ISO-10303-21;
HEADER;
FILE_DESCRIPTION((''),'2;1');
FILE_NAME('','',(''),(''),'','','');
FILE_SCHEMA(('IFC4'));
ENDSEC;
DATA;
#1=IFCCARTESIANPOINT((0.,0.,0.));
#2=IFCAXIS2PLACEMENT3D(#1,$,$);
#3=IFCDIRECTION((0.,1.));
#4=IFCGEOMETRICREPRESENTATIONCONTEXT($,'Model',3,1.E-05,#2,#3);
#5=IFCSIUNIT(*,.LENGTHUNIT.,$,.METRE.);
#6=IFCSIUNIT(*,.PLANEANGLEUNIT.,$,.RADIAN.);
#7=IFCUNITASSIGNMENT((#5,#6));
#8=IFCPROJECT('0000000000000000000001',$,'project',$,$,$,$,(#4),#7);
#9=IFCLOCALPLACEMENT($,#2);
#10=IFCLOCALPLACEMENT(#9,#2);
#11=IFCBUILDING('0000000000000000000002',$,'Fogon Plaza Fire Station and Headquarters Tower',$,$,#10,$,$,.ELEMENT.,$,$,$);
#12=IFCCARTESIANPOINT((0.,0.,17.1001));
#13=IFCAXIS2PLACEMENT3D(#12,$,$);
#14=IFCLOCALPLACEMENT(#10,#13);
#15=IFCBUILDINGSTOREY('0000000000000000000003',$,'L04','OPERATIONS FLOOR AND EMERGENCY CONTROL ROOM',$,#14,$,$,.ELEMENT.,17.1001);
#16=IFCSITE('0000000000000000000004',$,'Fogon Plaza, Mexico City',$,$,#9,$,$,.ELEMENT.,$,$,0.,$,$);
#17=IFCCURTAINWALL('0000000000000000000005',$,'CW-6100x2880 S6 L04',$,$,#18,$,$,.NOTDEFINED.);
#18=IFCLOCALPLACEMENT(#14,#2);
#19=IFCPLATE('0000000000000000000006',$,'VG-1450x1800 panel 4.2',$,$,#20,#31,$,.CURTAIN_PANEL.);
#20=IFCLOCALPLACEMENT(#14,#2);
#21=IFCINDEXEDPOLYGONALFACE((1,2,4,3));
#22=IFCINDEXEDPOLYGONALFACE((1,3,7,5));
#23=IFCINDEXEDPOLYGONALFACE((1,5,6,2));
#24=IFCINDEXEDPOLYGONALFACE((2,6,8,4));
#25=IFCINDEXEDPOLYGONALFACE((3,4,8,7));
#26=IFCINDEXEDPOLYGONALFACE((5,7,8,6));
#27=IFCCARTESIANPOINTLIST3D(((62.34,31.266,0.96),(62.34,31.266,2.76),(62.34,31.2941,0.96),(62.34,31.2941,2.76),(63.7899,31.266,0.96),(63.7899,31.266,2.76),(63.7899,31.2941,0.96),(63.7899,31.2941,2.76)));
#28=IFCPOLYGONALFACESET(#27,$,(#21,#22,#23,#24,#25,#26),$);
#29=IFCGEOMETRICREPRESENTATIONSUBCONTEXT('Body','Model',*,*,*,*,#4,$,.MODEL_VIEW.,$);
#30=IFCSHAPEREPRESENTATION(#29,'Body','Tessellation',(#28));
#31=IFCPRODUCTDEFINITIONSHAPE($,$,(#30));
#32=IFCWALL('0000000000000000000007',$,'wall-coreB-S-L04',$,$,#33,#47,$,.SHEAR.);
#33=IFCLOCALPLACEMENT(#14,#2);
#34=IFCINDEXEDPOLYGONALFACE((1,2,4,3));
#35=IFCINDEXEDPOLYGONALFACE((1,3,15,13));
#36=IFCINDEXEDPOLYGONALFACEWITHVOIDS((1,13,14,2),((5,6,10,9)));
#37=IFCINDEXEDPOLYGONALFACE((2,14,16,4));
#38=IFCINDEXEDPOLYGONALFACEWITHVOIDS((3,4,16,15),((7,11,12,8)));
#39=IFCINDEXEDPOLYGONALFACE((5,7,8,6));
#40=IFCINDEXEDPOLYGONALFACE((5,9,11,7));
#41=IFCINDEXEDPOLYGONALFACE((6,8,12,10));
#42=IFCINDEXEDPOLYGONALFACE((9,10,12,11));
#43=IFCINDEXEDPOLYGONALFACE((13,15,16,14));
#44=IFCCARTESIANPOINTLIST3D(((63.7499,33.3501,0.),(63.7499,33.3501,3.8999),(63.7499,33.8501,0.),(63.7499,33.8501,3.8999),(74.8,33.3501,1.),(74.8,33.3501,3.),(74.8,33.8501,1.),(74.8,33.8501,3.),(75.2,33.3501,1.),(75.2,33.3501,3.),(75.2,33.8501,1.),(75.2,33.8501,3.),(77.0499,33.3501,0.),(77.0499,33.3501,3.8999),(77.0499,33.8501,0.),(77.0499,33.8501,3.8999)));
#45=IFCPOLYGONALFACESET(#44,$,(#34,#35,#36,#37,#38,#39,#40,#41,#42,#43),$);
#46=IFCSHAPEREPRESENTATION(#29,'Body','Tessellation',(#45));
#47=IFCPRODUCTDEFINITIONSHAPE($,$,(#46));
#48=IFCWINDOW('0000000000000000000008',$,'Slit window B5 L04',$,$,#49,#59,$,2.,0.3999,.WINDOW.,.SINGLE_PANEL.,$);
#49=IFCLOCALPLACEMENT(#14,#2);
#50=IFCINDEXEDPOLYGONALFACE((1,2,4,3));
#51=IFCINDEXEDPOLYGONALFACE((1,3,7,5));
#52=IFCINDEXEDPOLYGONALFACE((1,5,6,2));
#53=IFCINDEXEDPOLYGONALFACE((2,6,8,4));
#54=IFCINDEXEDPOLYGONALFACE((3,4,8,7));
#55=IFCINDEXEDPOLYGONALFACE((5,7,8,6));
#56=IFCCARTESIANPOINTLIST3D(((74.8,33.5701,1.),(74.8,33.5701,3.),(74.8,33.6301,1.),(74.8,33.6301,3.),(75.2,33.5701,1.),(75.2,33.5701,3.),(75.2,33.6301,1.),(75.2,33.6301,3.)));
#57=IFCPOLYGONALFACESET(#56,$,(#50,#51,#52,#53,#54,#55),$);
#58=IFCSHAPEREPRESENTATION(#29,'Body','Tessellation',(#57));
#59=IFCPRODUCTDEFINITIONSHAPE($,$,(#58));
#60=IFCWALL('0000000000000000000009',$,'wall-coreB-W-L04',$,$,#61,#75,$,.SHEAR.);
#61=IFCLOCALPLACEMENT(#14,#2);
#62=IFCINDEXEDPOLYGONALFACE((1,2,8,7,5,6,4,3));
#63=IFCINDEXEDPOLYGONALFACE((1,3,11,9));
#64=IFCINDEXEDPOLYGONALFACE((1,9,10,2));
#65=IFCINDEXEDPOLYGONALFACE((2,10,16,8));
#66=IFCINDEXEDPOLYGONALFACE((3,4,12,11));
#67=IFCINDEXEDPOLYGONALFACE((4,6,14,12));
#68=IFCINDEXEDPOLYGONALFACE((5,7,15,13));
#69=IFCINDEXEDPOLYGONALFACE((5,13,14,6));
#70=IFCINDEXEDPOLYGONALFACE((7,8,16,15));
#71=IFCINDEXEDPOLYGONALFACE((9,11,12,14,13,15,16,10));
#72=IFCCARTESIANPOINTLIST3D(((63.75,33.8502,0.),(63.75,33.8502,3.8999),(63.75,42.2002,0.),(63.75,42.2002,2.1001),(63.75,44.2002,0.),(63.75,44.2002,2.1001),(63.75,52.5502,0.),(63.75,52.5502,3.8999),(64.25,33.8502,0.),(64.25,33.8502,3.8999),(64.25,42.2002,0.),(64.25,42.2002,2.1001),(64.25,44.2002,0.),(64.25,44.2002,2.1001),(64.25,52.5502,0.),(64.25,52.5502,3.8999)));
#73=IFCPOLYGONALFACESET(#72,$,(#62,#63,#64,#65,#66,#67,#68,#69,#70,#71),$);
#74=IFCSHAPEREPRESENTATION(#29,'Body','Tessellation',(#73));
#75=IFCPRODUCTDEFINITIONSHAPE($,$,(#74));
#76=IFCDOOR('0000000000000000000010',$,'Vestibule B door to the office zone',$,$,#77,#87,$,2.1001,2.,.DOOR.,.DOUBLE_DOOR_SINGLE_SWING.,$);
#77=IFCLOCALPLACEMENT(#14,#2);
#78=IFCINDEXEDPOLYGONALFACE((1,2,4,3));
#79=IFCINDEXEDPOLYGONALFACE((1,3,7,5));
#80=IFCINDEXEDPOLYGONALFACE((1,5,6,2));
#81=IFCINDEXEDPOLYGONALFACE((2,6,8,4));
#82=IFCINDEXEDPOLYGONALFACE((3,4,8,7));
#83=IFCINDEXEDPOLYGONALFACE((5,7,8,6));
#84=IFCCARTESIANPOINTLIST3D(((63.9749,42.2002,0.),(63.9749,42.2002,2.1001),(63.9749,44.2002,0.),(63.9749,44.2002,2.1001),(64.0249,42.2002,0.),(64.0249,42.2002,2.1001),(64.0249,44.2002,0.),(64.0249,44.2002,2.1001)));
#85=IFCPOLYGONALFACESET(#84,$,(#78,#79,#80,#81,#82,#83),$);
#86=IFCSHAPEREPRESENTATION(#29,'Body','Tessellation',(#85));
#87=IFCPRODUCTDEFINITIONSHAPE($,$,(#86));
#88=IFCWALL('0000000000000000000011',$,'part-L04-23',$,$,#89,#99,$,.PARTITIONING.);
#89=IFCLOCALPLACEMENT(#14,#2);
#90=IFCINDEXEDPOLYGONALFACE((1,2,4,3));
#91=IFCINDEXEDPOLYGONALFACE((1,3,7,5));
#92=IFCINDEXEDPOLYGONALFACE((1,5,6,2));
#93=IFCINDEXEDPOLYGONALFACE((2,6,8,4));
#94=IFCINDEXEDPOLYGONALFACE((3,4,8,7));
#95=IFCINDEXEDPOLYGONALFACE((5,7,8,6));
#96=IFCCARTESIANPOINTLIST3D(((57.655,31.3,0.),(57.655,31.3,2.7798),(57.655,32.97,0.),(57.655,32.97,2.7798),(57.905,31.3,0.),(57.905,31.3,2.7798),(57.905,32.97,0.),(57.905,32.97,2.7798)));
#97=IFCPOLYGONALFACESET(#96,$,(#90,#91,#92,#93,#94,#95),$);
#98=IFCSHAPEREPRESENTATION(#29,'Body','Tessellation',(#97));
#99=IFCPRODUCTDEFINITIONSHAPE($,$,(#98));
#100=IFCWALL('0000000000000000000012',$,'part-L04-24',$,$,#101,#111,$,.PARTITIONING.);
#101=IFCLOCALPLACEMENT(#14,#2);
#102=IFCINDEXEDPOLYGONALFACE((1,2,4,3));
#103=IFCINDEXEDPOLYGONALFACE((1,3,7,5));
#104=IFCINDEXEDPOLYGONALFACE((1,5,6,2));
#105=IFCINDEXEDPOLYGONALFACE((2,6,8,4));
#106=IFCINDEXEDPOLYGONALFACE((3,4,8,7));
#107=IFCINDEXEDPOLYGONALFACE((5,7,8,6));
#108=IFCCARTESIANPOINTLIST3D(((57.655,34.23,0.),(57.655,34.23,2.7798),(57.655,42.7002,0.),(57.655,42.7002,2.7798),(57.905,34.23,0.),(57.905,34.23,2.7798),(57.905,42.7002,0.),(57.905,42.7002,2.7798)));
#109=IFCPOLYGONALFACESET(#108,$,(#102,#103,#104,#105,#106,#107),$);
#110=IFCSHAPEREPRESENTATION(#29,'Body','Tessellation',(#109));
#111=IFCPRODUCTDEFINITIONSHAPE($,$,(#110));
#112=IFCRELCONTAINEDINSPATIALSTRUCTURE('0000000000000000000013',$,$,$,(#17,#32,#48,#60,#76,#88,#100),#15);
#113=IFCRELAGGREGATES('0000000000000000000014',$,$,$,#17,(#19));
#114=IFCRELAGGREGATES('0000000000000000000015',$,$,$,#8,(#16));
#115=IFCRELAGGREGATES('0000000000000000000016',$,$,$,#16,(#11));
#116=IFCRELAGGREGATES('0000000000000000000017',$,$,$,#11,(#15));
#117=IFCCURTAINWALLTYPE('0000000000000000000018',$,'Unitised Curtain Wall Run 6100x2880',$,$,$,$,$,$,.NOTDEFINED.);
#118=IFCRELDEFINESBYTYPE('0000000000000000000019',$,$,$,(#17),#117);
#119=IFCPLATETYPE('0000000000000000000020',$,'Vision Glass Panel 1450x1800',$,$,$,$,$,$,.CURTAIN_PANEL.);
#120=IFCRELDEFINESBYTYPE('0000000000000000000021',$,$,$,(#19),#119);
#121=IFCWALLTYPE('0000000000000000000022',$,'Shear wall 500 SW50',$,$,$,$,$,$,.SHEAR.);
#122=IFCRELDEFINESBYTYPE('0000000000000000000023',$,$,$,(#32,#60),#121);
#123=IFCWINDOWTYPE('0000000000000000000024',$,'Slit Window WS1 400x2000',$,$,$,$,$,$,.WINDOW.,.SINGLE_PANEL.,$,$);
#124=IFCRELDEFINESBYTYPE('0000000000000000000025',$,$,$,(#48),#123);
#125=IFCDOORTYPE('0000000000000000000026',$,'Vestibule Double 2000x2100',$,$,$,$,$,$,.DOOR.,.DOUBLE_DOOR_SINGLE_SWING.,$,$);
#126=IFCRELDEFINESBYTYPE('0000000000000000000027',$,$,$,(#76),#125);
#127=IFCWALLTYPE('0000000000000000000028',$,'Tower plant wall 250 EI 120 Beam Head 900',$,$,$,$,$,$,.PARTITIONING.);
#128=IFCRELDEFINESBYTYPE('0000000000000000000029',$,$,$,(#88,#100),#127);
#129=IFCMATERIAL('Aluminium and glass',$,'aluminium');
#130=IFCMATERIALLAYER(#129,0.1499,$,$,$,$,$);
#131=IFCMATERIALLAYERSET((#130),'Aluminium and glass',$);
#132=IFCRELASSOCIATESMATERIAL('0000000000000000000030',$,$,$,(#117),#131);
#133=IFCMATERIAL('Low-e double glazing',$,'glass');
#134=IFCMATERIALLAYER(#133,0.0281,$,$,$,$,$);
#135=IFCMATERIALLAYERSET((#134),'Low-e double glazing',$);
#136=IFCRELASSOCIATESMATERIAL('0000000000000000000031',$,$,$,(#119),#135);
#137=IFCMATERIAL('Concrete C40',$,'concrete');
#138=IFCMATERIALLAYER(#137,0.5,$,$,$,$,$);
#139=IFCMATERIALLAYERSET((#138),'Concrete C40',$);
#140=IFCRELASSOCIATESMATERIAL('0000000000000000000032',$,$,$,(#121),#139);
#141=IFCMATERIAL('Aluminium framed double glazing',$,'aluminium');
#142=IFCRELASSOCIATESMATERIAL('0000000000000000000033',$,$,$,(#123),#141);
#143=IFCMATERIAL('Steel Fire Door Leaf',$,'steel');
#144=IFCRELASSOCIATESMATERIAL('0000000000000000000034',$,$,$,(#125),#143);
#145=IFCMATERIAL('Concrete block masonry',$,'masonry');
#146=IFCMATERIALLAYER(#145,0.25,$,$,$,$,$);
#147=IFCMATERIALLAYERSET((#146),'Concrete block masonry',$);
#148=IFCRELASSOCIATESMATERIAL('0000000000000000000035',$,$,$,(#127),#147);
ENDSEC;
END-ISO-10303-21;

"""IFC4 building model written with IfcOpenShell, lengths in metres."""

from ifc_helpers import new_model, si_unit, direction, frame, frame_2d, origin, origin_2d, place, context, subcontext, project, spatial, rectangle, extrude, material, layer, layer_set, type_object, element, fill, aggregate, save


model = new_model("IFC4")

# Units and contexts
model_context = context("Model", 3, precision=1e-05, world=origin(), true_north=direction((0.0, 1.0)))
body_context = subcontext(model_context, "Body", "Model", "MODEL_VIEW")
ifc_project = project(units=[si_unit("LENGTHUNIT", "METRE"), si_unit("PLANEANGLEUNIT", "RADIAN")], contexts=[model_context])

# Site, building, storey
site_placement = place(None, origin())
site = spatial("IfcSite", under=ifc_project, at=site_placement, Name="Fogon Plaza, Mexico City", CompositionType="ELEMENT", RefElevation=0.0)
building_placement = place(site_placement, origin())
building = spatial("IfcBuilding", under=site, at=building_placement, Name="Fogon Plaza Fire Station and Headquarters Tower", CompositionType="ELEMENT")
storey_placement = place(building_placement, frame((0.0, 0.0, 17.1001)))
storey = spatial("IfcBuildingStorey", under=building, at=storey_placement, Name="L04", Description="OPERATIONS FLOOR AND EMERGENCY CONTROL ROOM", CompositionType="ELEMENT", Elevation=17.1001)

# Curtain wall
ifc_material_1 = material(Name="Aluminium and glass", Category="aluminium")
ifc_layer_1 = layer(ifc_material_1, 0.1499)
ifc_layer_set_1 = layer_set([ifc_layer_1], Name="Aluminium and glass")
curtain_wall_type = type_object("IfcCurtainWallType", Name="Unitised Curtain Wall Run 6100x2880", PredefinedType="NOTDEFINED", material=ifc_layer_set_1)
curtain_wall_placement = place(storey_placement, origin())
curtain_wall = element("IfcCurtainWall", 1, at=curtain_wall_placement, inside=storey, type_object=curtain_wall_type, Name="CW-6100x2880 S6 L04", PredefinedType="NOTDEFINED")

# Plate
ifc_material_2 = material(Name="Low-e double glazing", Category="glass")
ifc_layer_2 = layer(ifc_material_2, 0.0281)
ifc_layer_set_2 = layer_set([ifc_layer_2], Name="Low-e double glazing")
plate_type_1 = type_object("IfcPlateType", Name="Vision Glass Panel 1450x1800", PredefinedType="CURTAIN_PANEL", material=ifc_layer_set_2)
plate_1_placement = place(storey_placement, frame((63.0649, 31.28, 0.96), z_axis=(0.0, 0.0, 1.0), x_axis=(1.0, 0.0, 0.0)))
plate_1 = element("IfcPlate", 2, at=plate_1_placement, type_object=plate_type_1, Name="VG-1450x1800 panel 4.2", PredefinedType="CURTAIN_PANEL", context=body_context, shape_type="SweptSolid", body=[
    extrude(rectangle(XDim=1.45, YDim=0.0281, at=origin_2d()), origin(), (0.0, 0.0, 1.0), 1.8),
])
aggregate(curtain_wall, [plate_1])

# Wall, opening, window
ifc_material_3 = material(Name="Concrete C40", Category="concrete")
ifc_layer_3 = layer(ifc_material_3, 0.5)
ifc_layer_set_3 = layer_set([ifc_layer_3], Name="Concrete C40")
wall_type_1 = type_object("IfcWallType", Name="Shear wall 500 SW50", PredefinedType="SHEAR", material=ifc_layer_set_3)
wall_1_placement = place(storey_placement, frame((63.75, 33.6001, 0.0), z_axis=(0.0, 0.0, 1.0), x_axis=(1.0, 0.0, 0.0)))
wall_1 = element("IfcWall", 3, at=wall_1_placement, inside=storey, type_object=wall_type_1, Name="wall-coreB-S-L04", PredefinedType="SHEAR", context=body_context, shape_type="SweptSolid", body=[
    extrude(rectangle(XDim=13.3, YDim=0.5, at=frame_2d((6.6499, 0.0))), origin(), (0.0, 0.0, 1.0), 3.8999),
])
opening_1_placement = place(wall_1_placement, frame((11.05, 0.0, 1.0)))
opening_1 = element("IfcOpeningElement", 4, at=opening_1_placement, cuts=wall_1, PredefinedType="OPENING", context=body_context, shape_type="SweptSolid", body=[
    extrude(rectangle(XDim=0.3999, YDim=2.0, at=frame_2d((0.2, 1.0))), frame((0.0, 0.26, 0.0), z_axis=(0.0, -1.0, 0.0), x_axis=(1.0, 0.0, 0.0)), (0.0, 0.0, 1.0), 0.52),
])
ifc_material_4 = material(Name="Aluminium framed double glazing", Category="aluminium")
window_type = type_object("IfcWindowType", Name="Slit Window WS1 400x2000", PartitioningType="SINGLE_PANEL", PredefinedType="WINDOW", material=ifc_material_4)
window_placement = place(opening_1_placement, origin())
window = element("IfcWindow", 5, at=window_placement, inside=storey, type_object=window_type, Name="Slit window B5 L04", OverallHeight=2.0, OverallWidth=0.3999, PartitioningType="SINGLE_PANEL", PredefinedType="WINDOW", context=body_context, shape_type="SweptSolid", body=[
    extrude(rectangle(XDim=0.3999, YDim=2.0, at=frame_2d((0.2, 1.0))), frame((0.0, 0.03, 0.0), z_axis=(0.0, -1.0, 0.0), x_axis=(1.0, 0.0, 0.0)), (0.0, 0.0, 1.0), 0.0601),
])
fill(opening_1, window)

# Wall, opening, door
wall_2_placement = place(storey_placement, frame((64.0, 33.8501, 0.0), z_axis=(0.0, 0.0, 1.0), x_axis=(0.0, 1.0, 0.0)))
wall_2 = element("IfcWall", 6, at=wall_2_placement, inside=storey, type_object=wall_type_1, Name="wall-coreB-W-L04", PredefinedType="SHEAR", context=body_context, shape_type="SweptSolid", body=[
    extrude(rectangle(XDim=18.7, YDim=0.5, at=frame_2d((9.3501, 0.0))), origin(), (0.0, 0.0, 1.0), 3.8999),
])
opening_2_placement = place(wall_2_placement, frame((8.3501, 0.0, 0.0)))
opening_2 = element("IfcOpeningElement", 7, at=opening_2_placement, cuts=wall_2, PredefinedType="OPENING", context=body_context, shape_type="SweptSolid", body=[
    extrude(rectangle(XDim=2.0, YDim=2.1001, at=frame_2d((1.0, 1.05))), frame((0.0, 0.26, 0.0), z_axis=(0.0, -1.0, 0.0), x_axis=(1.0, 0.0, 0.0)), (0.0, 0.0, 1.0), 0.52),
])
ifc_material_5 = material(Name="Steel Fire Door Leaf", Category="steel")
door_type = type_object("IfcDoorType", Name="Vestibule Double 2000x2100", OperationType="DOUBLE_DOOR_SINGLE_SWING", PredefinedType="DOOR", material=ifc_material_5)
door_placement = place(opening_2_placement, frame((2.0, 0.0, 0.0), z_axis=(0.0, 0.0, 1.0), x_axis=(-1.0, 0.0, 0.0)))
door = element("IfcDoor", 8, at=door_placement, inside=storey, type_object=door_type, Name="Vestibule B door to the office zone", OperationType="DOUBLE_DOOR_SINGLE_SWING", OverallHeight=2.1001, OverallWidth=2.0, PredefinedType="DOOR", context=body_context, shape_type="SweptSolid", body=[
    extrude(rectangle(XDim=2.0, YDim=2.1001, at=frame_2d((1.0, 1.05))), frame((0.0, 0.0249, 0.0), z_axis=(0.0, -1.0, 0.0), x_axis=(1.0, 0.0, 0.0)), (0.0, 0.0, 1.0), 0.05),
])
fill(opening_2, door)

# Walls
ifc_material_6 = material(Name="Concrete block masonry", Category="masonry")
ifc_layer_4 = layer(ifc_material_6, 0.25)
ifc_layer_set_4 = layer_set([ifc_layer_4], Name="Concrete block masonry")
wall_type_2 = type_object("IfcWallType", Name="Tower plant wall 250 EI 120 Beam Head 900", PredefinedType="PARTITIONING", material=ifc_layer_set_4)
wall_3_placement = place(storey_placement, frame((57.78, 31.3, 0.0), z_axis=(0.0, 0.0, 1.0), x_axis=(0.0, 1.0, 0.0)))
element("IfcWall", 9, at=wall_3_placement, inside=storey, type_object=wall_type_2, Name="part-L04-23", PredefinedType="PARTITIONING", context=body_context, shape_type="SweptSolid", body=[
    extrude(rectangle(XDim=1.6699, YDim=0.25, at=frame_2d((0.835, 0.0))), origin(), (0.0, 0.0, 1.0), 2.7798),
])
wall_4_placement = place(storey_placement, frame((57.78, 34.23, 0.0), z_axis=(0.0, 0.0, 1.0), x_axis=(0.0, 1.0, 0.0)))
element("IfcWall", 10, at=wall_4_placement, inside=storey, type_object=wall_type_2, Name="part-L04-24", PredefinedType="PARTITIONING", context=body_context, shape_type="SweptSolid", body=[
    extrude(rectangle(XDim=8.4702, YDim=0.25, at=frame_2d((4.2351, 0.0))), origin(), (0.0, 0.0, 1.0), 2.7798),
])

save(model, "model.ifc")
